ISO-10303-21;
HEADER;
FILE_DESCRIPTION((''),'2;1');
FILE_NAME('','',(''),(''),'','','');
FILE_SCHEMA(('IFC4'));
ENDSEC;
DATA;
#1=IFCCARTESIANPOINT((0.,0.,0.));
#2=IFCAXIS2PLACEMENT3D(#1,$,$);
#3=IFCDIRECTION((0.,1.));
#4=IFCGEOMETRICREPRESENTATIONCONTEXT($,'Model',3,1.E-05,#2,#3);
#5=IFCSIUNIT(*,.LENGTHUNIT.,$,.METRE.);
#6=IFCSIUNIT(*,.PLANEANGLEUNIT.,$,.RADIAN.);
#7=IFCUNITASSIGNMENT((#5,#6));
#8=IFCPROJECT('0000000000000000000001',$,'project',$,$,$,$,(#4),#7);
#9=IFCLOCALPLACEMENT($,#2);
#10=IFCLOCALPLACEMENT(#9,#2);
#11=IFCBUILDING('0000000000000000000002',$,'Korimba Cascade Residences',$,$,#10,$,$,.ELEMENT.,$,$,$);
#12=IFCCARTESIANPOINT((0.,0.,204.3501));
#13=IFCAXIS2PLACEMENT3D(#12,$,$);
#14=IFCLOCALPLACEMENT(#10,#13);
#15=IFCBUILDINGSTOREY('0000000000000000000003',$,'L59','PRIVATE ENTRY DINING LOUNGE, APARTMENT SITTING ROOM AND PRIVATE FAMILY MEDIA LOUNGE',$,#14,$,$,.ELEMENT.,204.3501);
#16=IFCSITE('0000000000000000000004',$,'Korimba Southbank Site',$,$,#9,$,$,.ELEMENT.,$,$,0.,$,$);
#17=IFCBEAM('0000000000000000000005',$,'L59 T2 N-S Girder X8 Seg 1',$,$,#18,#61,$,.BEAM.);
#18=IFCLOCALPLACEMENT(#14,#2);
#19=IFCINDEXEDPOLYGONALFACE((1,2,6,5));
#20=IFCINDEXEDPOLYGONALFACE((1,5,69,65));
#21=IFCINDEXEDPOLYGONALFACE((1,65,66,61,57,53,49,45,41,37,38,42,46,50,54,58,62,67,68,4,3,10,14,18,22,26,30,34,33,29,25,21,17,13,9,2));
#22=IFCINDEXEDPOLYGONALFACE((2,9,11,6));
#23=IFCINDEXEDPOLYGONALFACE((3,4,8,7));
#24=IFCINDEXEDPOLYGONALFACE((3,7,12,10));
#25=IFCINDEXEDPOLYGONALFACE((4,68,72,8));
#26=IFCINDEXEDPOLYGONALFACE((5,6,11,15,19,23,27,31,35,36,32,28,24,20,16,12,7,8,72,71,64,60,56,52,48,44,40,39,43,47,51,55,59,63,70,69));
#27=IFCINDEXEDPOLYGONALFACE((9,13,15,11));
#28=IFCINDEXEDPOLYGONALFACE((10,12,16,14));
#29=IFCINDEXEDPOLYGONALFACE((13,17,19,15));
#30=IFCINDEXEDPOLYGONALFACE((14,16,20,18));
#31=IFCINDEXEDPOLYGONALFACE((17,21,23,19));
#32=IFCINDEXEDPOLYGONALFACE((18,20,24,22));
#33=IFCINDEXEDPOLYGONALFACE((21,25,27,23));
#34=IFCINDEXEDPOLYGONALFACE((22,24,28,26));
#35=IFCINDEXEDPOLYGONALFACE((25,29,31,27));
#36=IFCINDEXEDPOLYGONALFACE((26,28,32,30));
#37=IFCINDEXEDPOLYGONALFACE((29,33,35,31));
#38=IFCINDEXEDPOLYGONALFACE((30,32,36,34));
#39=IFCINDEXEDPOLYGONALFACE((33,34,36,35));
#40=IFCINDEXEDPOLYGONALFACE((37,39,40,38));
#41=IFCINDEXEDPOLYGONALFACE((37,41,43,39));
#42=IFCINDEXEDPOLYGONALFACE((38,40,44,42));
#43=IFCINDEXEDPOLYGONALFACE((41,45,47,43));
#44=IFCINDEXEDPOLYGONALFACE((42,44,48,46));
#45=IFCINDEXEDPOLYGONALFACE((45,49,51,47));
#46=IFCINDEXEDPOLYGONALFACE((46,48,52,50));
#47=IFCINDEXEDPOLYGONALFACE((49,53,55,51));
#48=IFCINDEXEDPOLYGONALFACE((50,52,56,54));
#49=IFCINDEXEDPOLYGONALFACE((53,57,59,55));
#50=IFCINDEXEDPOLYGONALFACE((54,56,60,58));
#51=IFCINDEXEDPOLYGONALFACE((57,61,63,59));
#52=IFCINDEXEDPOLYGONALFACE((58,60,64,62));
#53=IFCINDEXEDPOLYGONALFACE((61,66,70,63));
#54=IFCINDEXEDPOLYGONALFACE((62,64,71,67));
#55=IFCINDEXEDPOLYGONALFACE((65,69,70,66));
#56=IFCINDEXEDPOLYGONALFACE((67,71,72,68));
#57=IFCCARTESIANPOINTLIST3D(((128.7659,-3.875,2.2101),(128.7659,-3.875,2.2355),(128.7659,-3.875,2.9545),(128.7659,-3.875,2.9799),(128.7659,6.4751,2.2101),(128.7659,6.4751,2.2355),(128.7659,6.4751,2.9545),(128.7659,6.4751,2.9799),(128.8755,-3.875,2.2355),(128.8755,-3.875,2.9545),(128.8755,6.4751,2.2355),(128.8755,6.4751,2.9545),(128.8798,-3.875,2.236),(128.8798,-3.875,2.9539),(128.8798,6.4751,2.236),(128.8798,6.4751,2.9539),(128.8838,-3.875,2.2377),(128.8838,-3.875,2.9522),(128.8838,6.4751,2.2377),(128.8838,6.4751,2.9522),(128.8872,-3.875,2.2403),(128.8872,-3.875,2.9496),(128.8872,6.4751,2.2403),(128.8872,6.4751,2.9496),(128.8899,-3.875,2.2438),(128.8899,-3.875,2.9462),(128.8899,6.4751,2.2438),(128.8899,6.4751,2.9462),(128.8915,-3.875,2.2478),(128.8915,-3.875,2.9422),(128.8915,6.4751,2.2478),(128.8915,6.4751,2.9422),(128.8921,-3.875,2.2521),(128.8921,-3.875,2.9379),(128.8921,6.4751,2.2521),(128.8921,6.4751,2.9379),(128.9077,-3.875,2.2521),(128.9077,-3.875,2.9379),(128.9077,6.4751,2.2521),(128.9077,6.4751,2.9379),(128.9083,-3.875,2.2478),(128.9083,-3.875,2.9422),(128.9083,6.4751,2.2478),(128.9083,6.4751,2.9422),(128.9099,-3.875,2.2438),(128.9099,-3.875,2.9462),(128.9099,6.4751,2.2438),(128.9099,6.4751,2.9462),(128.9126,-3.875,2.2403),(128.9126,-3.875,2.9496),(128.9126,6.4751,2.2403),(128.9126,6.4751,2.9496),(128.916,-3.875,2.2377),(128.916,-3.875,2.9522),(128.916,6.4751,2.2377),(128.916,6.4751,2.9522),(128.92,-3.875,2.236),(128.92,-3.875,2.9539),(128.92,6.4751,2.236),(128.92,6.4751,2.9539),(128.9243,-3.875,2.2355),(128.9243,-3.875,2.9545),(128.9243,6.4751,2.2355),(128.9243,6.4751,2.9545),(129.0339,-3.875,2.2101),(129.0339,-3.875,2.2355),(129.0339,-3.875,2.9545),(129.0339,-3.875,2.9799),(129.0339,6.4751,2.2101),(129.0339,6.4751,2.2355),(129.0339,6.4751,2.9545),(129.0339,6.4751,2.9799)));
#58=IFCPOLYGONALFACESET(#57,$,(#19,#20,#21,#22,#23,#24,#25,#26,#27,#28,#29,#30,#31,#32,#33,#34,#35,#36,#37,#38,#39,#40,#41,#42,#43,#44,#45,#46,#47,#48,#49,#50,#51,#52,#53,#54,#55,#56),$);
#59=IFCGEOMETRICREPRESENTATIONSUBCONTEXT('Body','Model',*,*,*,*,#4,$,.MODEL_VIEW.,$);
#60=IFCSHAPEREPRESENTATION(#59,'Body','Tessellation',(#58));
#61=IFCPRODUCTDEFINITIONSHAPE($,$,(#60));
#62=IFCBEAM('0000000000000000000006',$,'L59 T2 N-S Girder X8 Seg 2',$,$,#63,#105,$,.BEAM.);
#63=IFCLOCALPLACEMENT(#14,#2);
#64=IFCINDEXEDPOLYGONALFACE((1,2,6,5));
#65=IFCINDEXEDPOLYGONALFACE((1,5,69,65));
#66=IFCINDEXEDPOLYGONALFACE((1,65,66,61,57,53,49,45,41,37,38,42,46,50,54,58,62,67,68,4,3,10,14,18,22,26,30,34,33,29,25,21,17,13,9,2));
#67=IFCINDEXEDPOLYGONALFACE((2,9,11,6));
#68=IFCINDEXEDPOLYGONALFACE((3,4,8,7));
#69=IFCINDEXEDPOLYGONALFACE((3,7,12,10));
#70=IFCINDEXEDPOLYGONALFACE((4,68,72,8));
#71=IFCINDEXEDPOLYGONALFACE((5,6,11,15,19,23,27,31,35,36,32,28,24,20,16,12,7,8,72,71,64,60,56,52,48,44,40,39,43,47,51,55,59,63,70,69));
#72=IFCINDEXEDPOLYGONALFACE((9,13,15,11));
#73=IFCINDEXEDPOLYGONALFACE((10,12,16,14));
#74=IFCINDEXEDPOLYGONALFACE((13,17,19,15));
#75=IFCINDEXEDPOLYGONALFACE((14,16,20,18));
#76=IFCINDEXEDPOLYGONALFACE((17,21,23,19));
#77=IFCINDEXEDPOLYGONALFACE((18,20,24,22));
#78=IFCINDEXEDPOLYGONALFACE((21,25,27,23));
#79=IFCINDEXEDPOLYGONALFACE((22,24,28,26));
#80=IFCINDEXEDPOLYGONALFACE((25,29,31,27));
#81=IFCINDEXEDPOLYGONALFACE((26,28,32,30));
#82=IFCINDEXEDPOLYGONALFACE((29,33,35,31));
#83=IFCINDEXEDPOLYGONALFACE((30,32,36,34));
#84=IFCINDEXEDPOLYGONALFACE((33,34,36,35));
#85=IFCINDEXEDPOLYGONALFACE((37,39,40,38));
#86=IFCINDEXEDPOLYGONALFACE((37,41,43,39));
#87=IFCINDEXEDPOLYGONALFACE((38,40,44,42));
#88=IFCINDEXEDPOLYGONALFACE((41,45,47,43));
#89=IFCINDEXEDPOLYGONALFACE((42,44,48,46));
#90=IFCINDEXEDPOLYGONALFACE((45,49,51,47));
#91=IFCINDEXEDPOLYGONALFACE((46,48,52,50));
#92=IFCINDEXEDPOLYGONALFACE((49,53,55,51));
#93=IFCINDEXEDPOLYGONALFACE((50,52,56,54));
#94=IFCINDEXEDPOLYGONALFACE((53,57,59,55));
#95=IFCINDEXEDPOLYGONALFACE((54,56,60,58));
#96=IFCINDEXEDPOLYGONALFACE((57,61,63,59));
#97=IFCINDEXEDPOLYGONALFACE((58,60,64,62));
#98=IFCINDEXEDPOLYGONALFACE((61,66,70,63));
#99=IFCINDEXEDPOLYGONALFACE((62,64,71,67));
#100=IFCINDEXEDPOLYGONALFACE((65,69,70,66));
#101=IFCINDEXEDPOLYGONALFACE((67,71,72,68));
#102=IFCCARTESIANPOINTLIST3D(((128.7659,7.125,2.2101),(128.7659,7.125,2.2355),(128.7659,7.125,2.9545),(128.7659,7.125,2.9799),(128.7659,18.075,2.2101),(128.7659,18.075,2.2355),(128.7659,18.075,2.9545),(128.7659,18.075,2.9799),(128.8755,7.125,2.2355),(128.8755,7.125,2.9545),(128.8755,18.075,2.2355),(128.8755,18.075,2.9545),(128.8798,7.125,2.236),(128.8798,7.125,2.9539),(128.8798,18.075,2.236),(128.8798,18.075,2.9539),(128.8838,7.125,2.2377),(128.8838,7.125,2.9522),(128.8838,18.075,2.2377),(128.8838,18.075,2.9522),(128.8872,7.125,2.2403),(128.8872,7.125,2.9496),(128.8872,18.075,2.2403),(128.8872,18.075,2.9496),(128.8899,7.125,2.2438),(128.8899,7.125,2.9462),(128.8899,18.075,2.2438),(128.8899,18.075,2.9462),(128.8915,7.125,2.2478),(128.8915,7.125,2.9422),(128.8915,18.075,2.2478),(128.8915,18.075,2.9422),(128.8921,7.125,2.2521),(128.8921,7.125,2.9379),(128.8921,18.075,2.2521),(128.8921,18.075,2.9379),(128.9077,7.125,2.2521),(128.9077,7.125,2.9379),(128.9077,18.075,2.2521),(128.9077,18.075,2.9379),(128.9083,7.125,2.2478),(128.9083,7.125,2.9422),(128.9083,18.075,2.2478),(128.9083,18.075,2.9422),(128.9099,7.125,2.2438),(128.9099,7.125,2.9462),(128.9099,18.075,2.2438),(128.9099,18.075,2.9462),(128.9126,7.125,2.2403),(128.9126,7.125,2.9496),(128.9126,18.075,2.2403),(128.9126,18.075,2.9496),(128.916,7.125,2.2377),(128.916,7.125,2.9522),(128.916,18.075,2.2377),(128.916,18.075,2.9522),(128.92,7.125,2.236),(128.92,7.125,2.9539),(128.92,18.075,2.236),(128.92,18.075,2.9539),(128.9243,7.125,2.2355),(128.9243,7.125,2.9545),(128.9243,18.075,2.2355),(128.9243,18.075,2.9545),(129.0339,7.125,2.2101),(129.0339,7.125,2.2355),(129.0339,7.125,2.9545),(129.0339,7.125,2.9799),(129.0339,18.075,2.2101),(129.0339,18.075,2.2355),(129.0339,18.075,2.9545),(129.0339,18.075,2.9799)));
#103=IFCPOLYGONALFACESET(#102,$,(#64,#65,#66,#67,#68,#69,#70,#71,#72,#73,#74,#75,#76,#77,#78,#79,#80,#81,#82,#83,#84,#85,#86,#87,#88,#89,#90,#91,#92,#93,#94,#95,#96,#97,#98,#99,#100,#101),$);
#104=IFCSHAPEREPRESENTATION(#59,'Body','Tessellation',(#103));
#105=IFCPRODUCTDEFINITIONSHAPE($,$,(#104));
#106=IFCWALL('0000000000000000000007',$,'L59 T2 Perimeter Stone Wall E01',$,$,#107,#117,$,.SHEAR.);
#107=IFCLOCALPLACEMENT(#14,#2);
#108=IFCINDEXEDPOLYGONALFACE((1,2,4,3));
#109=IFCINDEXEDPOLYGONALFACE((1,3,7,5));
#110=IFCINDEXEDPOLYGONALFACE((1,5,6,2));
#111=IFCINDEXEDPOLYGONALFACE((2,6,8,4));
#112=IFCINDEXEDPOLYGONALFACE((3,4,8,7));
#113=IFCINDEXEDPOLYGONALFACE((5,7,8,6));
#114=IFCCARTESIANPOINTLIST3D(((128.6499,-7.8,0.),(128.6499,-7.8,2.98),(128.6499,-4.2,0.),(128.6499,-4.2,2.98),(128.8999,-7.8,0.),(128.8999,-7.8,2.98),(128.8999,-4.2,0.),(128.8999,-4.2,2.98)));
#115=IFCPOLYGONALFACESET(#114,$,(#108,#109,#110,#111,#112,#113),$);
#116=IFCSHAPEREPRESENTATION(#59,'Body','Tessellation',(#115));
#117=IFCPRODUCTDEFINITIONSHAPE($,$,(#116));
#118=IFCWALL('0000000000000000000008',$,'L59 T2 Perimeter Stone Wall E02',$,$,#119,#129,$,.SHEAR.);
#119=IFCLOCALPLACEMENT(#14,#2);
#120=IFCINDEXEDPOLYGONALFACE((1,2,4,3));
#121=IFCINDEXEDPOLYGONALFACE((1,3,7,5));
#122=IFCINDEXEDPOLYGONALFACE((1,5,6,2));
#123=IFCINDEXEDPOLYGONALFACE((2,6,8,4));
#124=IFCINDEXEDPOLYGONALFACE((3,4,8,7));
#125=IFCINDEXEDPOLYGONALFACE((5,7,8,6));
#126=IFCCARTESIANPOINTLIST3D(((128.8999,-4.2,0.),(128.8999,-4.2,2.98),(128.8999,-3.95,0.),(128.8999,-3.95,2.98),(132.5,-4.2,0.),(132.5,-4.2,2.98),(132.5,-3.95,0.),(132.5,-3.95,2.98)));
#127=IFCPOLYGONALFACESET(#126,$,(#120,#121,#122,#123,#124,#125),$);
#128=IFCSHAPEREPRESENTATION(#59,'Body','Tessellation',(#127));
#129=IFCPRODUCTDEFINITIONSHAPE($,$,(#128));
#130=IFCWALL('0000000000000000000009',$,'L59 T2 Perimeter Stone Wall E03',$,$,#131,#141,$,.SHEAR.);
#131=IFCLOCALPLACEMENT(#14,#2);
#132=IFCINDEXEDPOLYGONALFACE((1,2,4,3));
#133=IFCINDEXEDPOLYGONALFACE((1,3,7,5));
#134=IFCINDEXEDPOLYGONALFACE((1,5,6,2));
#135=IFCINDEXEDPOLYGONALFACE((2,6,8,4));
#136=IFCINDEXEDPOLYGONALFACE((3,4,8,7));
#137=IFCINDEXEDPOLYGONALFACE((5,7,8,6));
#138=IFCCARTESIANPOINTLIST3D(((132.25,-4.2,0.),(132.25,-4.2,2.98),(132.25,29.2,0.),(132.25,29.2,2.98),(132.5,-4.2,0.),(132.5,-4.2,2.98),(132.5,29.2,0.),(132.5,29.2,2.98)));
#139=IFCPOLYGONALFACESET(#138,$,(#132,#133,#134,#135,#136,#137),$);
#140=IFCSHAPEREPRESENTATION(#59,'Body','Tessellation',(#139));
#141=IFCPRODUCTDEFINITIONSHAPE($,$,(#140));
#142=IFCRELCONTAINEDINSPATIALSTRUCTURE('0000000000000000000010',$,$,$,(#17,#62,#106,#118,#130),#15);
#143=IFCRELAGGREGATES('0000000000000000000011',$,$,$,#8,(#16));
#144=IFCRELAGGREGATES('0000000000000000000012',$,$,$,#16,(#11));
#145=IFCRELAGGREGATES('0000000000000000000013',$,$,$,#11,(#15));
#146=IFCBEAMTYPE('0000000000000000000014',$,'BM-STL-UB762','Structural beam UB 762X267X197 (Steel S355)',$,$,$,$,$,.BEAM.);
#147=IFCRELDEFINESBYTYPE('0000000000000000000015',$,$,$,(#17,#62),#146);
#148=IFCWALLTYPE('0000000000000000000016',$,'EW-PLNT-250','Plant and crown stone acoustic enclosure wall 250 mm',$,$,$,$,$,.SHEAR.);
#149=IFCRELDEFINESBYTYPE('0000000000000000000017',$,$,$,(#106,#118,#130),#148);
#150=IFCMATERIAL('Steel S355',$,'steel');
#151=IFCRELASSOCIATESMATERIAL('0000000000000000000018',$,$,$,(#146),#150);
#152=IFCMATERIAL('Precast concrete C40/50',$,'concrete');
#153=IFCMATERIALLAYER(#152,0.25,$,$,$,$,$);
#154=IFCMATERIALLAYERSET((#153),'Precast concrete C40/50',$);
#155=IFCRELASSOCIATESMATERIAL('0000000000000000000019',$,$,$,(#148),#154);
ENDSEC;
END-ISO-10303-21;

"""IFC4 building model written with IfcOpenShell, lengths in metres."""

from ifc_helpers import new_model, si_unit, direction, frame, frame_2d, origin, origin_2d, place, context, subcontext, project, spatial, rectangle, i_section, extrude, material, layer, layer_set, material_profile, profile_set, type_object, element, save


model = new_model("IFC4")

# Units and contexts
model_context = context("Model", 3, precision=1e-05, world=origin(), true_north=direction((0.0, 1.0)))
body_context = subcontext(model_context, "Body", "Model", "MODEL_VIEW")
ifc_project = project(units=[si_unit("LENGTHUNIT", "METRE"), si_unit("PLANEANGLEUNIT", "RADIAN")], contexts=[model_context])

# Site, building, storey
site_placement = place(None, origin())
site = spatial("IfcSite", under=ifc_project, at=site_placement, Name="Korimba Southbank Site", CompositionType="ELEMENT", RefElevation=0.0)
building_placement = place(site_placement, origin())
building = spatial("IfcBuilding", under=site, at=building_placement, Name="Korimba Cascade Residences", CompositionType="ELEMENT")
storey_placement = place(building_placement, frame((0.0, 0.0, 204.3501)))
storey = spatial("IfcBuildingStorey", under=building, at=storey_placement, Name="L59", Description="PRIVATE ENTRY DINING LOUNGE, APARTMENT SITTING ROOM AND PRIVATE FAMILY MEDIA LOUNGE", CompositionType="ELEMENT", Elevation=204.3501)

# Beams
ifc_material_1 = material(Name="Steel S355", Category="steel")
ifc_material_profile_1 = material_profile(ifc_material_1, i_section(OverallWidth=0.2681, OverallDepth=0.7698, WebThickness=0.0156, FlangeThickness=0.0254, FilletRadius=0.0166, at=origin_2d()), Name="Steel S355")
ifc_profile_set_1 = profile_set([ifc_material_profile_1], Name="Steel S355")
beam_type_1 = type_object("IfcBeamType", Name="BM-STL-UB762", Description="Structural beam UB 762X267X197 (Steel S355)", PredefinedType="BEAM", material=ifc_profile_set_1)
beam_1_placement = place(storey_placement, frame((128.8999, -3.875, 2.595), z_axis=(0.0, 1.0, 0.0), x_axis=(-1.0, 0.0, 0.0)))
element("IfcBeam", 1, at=beam_1_placement, inside=storey, type_object=beam_type_1, Name="L59 T2 N-S Girder X8 Seg 1", PredefinedType="BEAM", context=body_context, shape_type="SweptSolid", body=[
    extrude(i_section(OverallWidth=0.2681, OverallDepth=0.7698, WebThickness=0.0156, FlangeThickness=0.0254, FilletRadius=0.0166, at=origin_2d()), origin(), (0.0, 0.0, 1.0), 10.3501),
])
beam_2_placement = place(storey_placement, frame((128.8999, 7.125, 2.595), z_axis=(0.0, 1.0, 0.0), x_axis=(-1.0, 0.0, 0.0)))
element("IfcBeam", 2, at=beam_2_placement, inside=storey, type_object=beam_type_1, Name="L59 T2 N-S Girder X8 Seg 2", PredefinedType="BEAM", context=body_context, shape_type="SweptSolid", body=[
    extrude(i_section(OverallWidth=0.2681, OverallDepth=0.7698, WebThickness=0.0156, FlangeThickness=0.0254, FilletRadius=0.0166, at=origin_2d()), origin(), (0.0, 0.0, 1.0), 10.95),
])

# Walls
ifc_material_2 = material(Name="Precast concrete C40/50", Category="concrete")
ifc_layer = layer(ifc_material_2, 0.25)
ifc_layer_set = layer_set([ifc_layer], Name="Precast concrete C40/50")
wall_type = type_object("IfcWallType", Name="EW-PLNT-250", Description="Plant and crown stone acoustic enclosure wall 250 mm", PredefinedType="SHEAR", material=ifc_layer_set)
for number, where, z_axis, x_axis, name in (
    (3, (128.7749, -7.8, 0.0), (0.0, 0.0, 1.0), (0.0, 1.0, 0.0), "L59 T2 Perimeter Stone Wall E01"),
    (4, (128.8999, -4.075, 0.0), (0.0, 0.0, 1.0), (1.0, 0.0, 0.0), "L59 T2 Perimeter Stone Wall E02"),
):
    element("IfcWall", number, at=place(storey_placement, frame(where, z_axis=z_axis, x_axis=x_axis)), inside=storey, type_object=wall_type, Name=name, PredefinedType="SHEAR", context=body_context, shape_type="SweptSolid", body=[
        extrude(rectangle(XDim=3.6001, YDim=0.25, at=frame_2d((1.8, 0.0))), origin(), (0.0, 0.0, 1.0), 2.98),
    ])
wall_placement = place(storey_placement, frame((132.375, -4.2, 0.0), z_axis=(0.0, 0.0, 1.0), x_axis=(0.0, 1.0, 0.0)))
element("IfcWall", 5, at=wall_placement, inside=storey, type_object=wall_type, Name="L59 T2 Perimeter Stone Wall E03", PredefinedType="SHEAR", context=body_context, shape_type="SweptSolid", body=[
    extrude(rectangle(XDim=33.3999, YDim=0.25, at=frame_2d((16.7, 0.0))), origin(), (0.0, 0.0, 1.0), 2.98),
])

save(model, "model.ifc")
